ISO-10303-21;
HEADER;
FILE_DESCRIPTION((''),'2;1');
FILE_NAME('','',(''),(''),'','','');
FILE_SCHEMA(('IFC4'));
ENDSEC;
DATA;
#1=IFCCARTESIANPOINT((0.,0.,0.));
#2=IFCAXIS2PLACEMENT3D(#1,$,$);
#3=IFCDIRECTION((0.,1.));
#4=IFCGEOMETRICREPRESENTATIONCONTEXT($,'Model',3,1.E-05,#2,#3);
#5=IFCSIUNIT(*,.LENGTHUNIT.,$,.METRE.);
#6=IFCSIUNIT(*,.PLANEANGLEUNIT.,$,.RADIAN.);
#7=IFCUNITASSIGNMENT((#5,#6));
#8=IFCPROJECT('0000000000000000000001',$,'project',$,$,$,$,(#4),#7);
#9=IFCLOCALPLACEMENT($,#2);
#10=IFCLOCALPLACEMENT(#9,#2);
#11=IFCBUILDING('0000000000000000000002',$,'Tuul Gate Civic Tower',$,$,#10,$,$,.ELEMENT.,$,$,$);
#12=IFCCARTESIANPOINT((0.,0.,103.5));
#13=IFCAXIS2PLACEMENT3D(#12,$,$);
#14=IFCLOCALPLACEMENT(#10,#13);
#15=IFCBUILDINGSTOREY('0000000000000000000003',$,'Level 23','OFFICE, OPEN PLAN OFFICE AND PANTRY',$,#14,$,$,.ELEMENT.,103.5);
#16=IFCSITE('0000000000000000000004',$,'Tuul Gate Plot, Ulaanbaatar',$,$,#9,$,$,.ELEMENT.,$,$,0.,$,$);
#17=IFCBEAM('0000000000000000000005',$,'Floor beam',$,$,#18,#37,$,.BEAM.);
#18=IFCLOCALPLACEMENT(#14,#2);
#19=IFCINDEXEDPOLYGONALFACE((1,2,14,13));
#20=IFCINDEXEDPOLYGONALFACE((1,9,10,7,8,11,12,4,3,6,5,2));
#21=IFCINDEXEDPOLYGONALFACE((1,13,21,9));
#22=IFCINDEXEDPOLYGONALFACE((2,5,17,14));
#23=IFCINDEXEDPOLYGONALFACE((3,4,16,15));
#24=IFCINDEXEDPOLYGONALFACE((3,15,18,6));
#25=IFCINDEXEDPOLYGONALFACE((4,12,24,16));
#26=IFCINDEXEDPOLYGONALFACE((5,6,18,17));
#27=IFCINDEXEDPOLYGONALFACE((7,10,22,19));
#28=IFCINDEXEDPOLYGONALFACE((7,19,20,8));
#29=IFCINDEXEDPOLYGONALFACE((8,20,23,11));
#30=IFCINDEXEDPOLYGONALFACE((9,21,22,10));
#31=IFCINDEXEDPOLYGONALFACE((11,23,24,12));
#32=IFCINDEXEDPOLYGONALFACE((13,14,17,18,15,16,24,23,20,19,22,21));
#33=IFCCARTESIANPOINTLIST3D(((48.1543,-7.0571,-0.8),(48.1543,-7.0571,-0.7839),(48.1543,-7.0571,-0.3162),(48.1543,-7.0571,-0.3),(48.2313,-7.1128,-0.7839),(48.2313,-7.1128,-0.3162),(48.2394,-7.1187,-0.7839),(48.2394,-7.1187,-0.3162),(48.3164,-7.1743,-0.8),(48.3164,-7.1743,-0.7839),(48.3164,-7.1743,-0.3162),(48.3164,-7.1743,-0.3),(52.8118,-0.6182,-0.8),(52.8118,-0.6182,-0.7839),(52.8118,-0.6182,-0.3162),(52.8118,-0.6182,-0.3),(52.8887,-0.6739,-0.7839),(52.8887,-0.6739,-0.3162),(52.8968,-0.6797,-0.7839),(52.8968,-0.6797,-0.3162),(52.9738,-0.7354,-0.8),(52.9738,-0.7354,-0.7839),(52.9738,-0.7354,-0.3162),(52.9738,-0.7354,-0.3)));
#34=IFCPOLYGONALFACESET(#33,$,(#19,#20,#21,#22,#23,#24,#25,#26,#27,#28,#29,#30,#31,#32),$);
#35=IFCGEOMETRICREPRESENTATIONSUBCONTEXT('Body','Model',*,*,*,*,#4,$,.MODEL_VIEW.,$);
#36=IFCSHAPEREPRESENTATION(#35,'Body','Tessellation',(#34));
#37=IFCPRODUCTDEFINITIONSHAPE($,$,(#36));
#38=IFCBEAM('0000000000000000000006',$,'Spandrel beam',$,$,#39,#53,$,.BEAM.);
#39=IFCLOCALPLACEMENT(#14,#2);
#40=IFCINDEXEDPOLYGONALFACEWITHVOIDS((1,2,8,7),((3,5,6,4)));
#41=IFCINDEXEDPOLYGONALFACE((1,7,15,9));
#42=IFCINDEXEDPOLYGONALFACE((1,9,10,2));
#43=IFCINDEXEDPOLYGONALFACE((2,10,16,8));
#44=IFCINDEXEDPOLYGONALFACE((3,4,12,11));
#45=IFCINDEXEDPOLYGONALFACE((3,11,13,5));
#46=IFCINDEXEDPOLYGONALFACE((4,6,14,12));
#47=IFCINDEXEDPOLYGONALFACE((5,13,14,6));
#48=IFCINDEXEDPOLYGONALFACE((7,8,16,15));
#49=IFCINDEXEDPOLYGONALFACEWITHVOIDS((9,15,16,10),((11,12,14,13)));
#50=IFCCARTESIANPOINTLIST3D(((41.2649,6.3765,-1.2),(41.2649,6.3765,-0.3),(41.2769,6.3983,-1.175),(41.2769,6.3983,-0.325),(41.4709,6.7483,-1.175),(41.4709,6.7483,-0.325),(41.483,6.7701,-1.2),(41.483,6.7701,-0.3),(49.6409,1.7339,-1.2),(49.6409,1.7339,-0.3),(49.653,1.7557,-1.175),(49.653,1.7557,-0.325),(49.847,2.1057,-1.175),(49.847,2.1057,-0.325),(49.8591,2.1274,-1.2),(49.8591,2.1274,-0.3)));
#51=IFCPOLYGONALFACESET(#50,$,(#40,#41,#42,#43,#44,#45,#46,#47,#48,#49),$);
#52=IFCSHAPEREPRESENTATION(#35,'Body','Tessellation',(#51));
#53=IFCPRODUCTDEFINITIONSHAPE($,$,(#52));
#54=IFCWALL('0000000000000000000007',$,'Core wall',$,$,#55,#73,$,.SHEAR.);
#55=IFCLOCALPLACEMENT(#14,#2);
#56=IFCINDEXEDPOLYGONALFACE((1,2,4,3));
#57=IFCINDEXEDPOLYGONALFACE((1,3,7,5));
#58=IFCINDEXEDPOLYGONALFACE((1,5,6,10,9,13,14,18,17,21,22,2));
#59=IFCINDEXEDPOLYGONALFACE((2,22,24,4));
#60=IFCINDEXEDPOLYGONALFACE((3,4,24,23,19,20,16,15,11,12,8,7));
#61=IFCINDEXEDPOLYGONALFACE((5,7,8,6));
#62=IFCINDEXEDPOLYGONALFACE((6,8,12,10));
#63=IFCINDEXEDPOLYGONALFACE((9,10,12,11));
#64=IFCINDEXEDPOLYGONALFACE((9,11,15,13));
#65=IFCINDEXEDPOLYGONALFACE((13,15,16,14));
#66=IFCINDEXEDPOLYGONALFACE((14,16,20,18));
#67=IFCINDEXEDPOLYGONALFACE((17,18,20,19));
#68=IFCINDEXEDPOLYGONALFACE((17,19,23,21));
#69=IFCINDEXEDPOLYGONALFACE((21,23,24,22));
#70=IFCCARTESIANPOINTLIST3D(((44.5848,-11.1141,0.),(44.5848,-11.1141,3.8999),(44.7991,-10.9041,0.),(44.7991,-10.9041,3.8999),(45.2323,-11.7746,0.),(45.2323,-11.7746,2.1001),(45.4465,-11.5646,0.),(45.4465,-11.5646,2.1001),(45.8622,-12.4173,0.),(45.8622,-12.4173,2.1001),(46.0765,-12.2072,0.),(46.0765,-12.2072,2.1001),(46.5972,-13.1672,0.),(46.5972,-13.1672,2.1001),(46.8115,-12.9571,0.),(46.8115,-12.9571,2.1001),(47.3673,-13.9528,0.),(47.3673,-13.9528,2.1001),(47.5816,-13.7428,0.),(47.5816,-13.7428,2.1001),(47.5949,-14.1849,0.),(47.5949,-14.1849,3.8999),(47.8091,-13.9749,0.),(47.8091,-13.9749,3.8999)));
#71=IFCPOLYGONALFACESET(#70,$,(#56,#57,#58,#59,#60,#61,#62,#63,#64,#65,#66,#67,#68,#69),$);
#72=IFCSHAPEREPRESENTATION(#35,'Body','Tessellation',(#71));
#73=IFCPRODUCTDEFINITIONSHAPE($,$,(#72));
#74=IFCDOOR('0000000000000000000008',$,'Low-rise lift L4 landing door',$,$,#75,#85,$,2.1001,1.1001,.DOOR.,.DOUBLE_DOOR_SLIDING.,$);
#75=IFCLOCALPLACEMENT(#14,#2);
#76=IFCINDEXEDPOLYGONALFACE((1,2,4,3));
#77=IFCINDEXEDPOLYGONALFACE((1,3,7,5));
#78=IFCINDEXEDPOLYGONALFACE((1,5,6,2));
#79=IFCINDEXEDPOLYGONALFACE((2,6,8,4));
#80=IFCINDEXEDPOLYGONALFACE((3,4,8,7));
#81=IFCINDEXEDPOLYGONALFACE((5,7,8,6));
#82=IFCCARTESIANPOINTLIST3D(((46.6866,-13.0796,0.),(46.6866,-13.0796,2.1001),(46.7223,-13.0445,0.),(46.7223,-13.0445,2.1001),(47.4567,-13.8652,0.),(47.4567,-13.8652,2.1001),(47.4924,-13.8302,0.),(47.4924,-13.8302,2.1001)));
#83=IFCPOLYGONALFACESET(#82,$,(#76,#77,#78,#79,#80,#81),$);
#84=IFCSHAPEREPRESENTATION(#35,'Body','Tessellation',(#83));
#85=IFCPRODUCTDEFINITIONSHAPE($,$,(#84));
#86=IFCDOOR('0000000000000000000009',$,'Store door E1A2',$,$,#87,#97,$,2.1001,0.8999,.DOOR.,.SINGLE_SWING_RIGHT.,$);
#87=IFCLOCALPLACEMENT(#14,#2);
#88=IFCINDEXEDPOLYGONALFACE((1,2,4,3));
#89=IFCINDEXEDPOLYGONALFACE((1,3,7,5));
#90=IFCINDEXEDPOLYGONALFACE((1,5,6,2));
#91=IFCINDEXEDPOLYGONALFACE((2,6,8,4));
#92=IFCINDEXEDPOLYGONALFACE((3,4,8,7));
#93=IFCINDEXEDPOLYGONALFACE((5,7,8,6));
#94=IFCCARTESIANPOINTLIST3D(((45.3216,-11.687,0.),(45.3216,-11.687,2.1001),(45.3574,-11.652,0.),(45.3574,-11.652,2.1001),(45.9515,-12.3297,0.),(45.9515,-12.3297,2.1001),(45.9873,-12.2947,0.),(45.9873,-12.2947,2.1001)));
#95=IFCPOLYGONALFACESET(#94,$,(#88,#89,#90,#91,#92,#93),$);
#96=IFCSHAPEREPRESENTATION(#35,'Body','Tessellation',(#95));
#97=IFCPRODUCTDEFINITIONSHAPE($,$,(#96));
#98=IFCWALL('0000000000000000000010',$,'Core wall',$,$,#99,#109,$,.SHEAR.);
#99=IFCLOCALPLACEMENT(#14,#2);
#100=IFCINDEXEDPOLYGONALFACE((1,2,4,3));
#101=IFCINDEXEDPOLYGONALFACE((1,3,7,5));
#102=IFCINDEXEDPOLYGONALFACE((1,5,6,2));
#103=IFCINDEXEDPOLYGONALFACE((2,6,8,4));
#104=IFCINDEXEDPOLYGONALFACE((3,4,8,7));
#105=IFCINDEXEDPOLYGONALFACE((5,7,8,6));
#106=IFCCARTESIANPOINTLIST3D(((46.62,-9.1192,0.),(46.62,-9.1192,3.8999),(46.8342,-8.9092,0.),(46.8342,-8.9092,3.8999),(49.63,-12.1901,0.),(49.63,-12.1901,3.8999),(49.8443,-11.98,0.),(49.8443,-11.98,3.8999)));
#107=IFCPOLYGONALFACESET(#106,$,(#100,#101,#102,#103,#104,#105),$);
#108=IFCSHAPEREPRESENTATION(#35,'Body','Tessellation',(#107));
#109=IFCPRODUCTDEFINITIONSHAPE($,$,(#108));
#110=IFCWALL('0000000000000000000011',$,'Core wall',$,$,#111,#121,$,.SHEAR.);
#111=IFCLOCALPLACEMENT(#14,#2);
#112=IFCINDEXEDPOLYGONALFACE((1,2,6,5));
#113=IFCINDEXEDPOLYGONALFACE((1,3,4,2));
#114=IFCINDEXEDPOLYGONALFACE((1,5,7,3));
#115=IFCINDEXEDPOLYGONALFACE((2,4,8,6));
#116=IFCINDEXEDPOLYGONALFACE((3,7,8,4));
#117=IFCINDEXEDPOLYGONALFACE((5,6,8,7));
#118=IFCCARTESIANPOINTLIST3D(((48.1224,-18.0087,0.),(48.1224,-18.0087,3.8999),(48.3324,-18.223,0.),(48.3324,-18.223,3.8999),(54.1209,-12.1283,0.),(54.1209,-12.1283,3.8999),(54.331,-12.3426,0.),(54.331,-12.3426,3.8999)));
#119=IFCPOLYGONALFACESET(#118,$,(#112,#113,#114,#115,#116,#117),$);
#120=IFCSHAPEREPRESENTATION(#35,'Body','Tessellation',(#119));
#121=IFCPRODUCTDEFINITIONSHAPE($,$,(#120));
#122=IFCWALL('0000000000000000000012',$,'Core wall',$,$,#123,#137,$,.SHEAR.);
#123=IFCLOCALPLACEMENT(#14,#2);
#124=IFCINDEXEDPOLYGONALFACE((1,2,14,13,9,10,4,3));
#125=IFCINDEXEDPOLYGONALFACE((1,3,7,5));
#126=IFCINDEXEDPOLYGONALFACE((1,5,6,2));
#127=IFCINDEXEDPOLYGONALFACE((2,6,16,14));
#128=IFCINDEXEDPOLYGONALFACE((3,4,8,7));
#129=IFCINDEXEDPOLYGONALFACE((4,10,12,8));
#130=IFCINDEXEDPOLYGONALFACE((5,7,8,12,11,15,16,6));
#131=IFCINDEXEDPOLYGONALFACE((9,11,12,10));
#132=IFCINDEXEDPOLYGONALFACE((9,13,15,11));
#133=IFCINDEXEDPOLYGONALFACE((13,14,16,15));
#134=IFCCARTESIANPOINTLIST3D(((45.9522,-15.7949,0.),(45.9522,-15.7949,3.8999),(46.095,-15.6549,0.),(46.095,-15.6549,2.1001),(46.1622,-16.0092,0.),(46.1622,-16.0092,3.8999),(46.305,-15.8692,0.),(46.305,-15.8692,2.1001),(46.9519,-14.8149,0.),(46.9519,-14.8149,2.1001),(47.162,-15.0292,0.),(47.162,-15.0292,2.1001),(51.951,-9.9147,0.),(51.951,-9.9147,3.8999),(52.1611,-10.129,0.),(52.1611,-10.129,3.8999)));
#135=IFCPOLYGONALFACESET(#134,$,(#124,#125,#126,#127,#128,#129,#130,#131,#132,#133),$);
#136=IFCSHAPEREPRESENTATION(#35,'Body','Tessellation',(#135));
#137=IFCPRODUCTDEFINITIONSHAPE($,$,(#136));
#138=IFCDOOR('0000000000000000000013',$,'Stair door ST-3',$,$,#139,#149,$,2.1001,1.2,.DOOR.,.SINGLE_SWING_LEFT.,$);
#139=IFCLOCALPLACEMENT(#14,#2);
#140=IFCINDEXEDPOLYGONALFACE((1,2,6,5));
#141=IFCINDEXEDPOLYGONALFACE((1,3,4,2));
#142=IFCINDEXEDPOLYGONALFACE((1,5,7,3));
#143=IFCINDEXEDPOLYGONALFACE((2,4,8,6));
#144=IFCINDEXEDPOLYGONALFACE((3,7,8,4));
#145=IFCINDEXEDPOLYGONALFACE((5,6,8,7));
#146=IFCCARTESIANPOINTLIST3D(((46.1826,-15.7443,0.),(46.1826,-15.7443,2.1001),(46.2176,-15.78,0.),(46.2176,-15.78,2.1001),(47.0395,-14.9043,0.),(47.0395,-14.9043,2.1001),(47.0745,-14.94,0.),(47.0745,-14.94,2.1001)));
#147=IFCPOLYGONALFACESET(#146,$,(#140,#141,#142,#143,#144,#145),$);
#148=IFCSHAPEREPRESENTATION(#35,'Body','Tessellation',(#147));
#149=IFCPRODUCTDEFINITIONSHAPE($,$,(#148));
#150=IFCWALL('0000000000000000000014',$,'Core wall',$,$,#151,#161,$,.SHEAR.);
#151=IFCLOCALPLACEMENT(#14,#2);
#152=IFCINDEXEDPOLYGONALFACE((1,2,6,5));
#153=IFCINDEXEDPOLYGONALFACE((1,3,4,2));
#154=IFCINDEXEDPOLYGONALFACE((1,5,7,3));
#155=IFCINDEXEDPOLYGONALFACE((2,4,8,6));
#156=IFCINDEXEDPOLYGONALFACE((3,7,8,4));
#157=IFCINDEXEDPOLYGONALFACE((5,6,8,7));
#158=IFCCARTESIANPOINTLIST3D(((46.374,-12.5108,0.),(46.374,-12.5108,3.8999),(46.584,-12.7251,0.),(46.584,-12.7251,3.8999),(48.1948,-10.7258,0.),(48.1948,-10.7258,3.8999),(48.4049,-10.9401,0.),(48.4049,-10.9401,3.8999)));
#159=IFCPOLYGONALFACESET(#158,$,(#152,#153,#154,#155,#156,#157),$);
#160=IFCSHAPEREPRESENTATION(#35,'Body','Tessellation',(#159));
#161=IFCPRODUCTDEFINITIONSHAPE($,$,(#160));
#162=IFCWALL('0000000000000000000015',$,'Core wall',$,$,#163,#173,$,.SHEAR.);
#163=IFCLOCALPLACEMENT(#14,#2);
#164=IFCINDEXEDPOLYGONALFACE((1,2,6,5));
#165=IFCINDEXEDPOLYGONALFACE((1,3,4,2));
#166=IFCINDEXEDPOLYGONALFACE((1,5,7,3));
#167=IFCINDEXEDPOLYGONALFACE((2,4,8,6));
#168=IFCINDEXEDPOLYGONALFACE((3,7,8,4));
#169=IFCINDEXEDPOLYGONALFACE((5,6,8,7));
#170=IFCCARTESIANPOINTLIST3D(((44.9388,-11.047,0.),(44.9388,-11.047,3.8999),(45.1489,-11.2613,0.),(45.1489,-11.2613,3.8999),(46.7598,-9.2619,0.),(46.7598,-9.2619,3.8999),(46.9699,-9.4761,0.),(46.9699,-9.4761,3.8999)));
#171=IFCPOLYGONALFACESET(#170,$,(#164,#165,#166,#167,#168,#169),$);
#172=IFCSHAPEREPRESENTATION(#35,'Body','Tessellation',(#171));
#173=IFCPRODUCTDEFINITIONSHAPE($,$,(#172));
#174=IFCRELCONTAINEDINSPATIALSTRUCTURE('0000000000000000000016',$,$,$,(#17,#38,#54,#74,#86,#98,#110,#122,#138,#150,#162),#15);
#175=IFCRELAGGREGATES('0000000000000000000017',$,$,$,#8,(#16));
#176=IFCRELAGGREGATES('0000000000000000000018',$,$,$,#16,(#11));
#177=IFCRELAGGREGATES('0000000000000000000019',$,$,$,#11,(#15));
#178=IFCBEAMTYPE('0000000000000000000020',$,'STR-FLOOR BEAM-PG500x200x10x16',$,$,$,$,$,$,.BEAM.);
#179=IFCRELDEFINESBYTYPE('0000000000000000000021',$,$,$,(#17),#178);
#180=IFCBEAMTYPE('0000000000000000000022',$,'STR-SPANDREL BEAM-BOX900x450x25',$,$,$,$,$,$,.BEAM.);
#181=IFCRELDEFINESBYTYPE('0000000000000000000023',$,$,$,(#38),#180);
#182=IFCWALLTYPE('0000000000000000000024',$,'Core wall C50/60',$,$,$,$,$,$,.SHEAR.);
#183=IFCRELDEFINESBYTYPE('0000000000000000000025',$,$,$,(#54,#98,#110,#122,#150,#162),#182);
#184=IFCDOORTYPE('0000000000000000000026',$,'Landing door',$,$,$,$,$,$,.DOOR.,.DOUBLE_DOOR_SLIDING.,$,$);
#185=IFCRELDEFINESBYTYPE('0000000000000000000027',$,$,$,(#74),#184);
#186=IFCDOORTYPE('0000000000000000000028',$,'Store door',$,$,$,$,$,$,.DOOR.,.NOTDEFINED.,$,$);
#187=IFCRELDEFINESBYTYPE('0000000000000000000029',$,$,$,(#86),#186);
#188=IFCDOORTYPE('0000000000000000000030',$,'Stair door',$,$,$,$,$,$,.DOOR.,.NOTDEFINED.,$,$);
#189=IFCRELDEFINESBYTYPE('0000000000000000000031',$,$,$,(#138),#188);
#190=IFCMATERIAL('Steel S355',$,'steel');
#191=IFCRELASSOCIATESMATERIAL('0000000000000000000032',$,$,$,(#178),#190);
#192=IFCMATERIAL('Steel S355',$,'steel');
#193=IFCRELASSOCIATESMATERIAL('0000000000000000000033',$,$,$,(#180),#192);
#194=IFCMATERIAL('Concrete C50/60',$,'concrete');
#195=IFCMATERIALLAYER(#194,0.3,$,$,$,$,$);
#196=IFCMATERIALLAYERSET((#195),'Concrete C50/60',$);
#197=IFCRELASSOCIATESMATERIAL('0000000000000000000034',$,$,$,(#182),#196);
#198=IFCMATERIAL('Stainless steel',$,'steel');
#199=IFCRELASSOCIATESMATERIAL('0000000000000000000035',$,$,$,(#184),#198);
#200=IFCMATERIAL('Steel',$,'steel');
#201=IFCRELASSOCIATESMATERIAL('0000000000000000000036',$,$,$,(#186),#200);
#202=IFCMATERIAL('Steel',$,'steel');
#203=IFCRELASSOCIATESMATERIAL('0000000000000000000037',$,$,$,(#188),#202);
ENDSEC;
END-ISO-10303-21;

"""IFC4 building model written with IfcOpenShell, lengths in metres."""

from ifc_helpers import new_model, si_unit, direction, frame, frame_2d, origin, origin_2d, place, context, subcontext, project, spatial, rectangle, hollow_rectangle, i_section, extrude, material, layer, layer_set, material_profile, profile_set, type_object, element, fill, save


model = new_model("IFC4")

# Units and contexts
model_context = context("Model", 3, precision=1e-05, world=origin(), true_north=direction((0.0, 1.0)))
body_context = subcontext(model_context, "Body", "Model", "MODEL_VIEW")
ifc_project = project(units=[si_unit("LENGTHUNIT", "METRE"), si_unit("PLANEANGLEUNIT", "RADIAN")], contexts=[model_context])

# Site, building, storey
site_placement = place(None, origin())
site = spatial("IfcSite", under=ifc_project, at=site_placement, Name="Tuul Gate Plot, Ulaanbaatar", CompositionType="ELEMENT", RefElevation=0.0)
building_placement = place(site_placement, origin())
building = spatial("IfcBuilding", under=site, at=building_placement, Name="Tuul Gate Civic Tower", CompositionType="ELEMENT")
storey_placement = place(building_placement, frame((0.0, 0.0, 103.5)))
storey = spatial("IfcBuildingStorey", under=building, at=storey_placement, Name="Level 23", Description="OFFICE, OPEN PLAN OFFICE AND PANTRY", CompositionType="ELEMENT", Elevation=103.5)

# Beams
ifc_material_1 = material(Name="Steel S355", Category="steel")
ifc_material_profile_1 = material_profile(ifc_material_1, i_section(OverallWidth=0.2, OverallDepth=0.5, WebThickness=0.01, FlangeThickness=0.0161, at=origin_2d()), Name="PG500x200x10x16")
ifc_profile_set_1 = profile_set([ifc_material_profile_1], Name="Steel S355")
beam_type_1 = type_object("IfcBeamType", Name="STR-FLOOR BEAM-PG500x200x10x16", PredefinedType="BEAM", material=ifc_profile_set_1)
beam_1_placement = place(storey_placement, frame((48.2354, -7.1157, -0.55), z_axis=(0.586078, 0.810255, 0.0), x_axis=(-0.810255, 0.586078, 0.0)))
element("IfcBeam", 1, at=beam_1_placement, inside=storey, type_object=beam_type_1, Name="Floor beam", PredefinedType="BEAM", context=body_context, shape_type="SweptSolid", body=[
    extrude(i_section(OverallWidth=0.2, OverallDepth=0.5, WebThickness=0.01, FlangeThickness=0.0161, at=origin_2d()), origin(), (0.0, 0.0, 1.0), 7.9468),
])
ifc_material_2 = material(Name="Steel S355", Category="steel")
ifc_material_profile_2 = material_profile(ifc_material_2, hollow_rectangle(XDim=0.45, YDim=0.8999, WallThickness=0.0249, at=origin_2d()), Name="BOX900x450x25")
ifc_profile_set_2 = profile_set([ifc_material_profile_2], Name="Steel S355")
beam_type_2 = type_object("IfcBeamType", Name="STR-SPANDREL BEAM-BOX900x450x25", PredefinedType="BEAM", material=ifc_profile_set_2)
beam_2_placement = place(storey_placement, frame((49.75, 1.9307, -0.75), z_axis=(-0.874633, 0.484786, 0.0), x_axis=(-0.484786, -0.874633, 0.0)))
element("IfcBeam", 2, at=beam_2_placement, inside=storey, type_object=beam_type_2, Name="Spandrel beam", PredefinedType="BEAM", context=body_context, shape_type="SweptSolid", body=[
    extrude(hollow_rectangle(XDim=0.45, YDim=0.8999, WallThickness=0.0249, at=origin_2d()), origin(), (0.0, 0.0, 1.0), 9.5767),
])

# Wall, openings, doors
ifc_material_3 = material(Name="Concrete C50/60", Category="concrete")
ifc_layer_1 = layer(ifc_material_3, 0.3)
ifc_layer_set_1 = layer_set([ifc_layer_1], Name="Concrete C50/60")
wall_type_1 = type_object("IfcWallType", Name="Core wall C50/60", PredefinedType="SHEAR", material=ifc_layer_set_1)
wall_1_placement = place(storey_placement, frame((47.7019, -14.0798, 0.0), z_axis=(0.0, 0.0, 1.0), x_axis=(-0.700003, 0.71414, 0.0)))
wall_1 = element("IfcWall", 3, at=wall_1_placement, inside=storey, type_object=wall_type_1, Name="Core wall", PredefinedType="SHEAR", context=body_context, shape_type="SweptSolid", body=[
    extrude(rectangle(XDim=4.3, YDim=0.3, at=frame_2d((2.1499, 0.0))), origin(), (0.0, 0.0, 1.0), 3.8999),
])
opening_1_placement = place(wall_1_placement, frame((0.325, 0.0, 0.0)))
opening_1 = element("IfcOpeningElement", 4, at=opening_1_placement, cuts=wall_1, PredefinedType="OPENING", context=body_context, shape_type="SweptSolid", body=[
    extrude(rectangle(XDim=1.1001, YDim=2.1001, at=frame_2d((0.55, 1.05))), frame((0.0, 0.1602, 0.0), z_axis=(0.0, -1.0, 0.0), x_axis=(1.0, 0.0, 0.0)), (0.0, 0.0, 1.0), 0.3201),
])
opening_2_placement = place(wall_1_placement, frame((2.4751, 0.0, 0.0)))
opening_2 = element("IfcOpeningElement", 5, at=opening_2_placement, cuts=wall_1, PredefinedType="OPENING", context=body_context, shape_type="SweptSolid", body=[
    extrude(rectangle(XDim=0.8999, YDim=2.1001, at=frame_2d((0.45, 1.05))), frame((0.0, 0.1602, 0.0), z_axis=(0.0, -1.0, 0.0), x_axis=(1.0, 0.0, 0.0)), (0.0, 0.0, 1.0), 0.3201),
])
ifc_material_4 = material(Name="Stainless steel", Category="steel")
door_type_1 = type_object("IfcDoorType", Name="Landing door", OperationType="DOUBLE_DOOR_SLIDING", PredefinedType="DOOR", material=ifc_material_4)
door_1_placement = place(opening_1_placement, origin())
door_1 = element("IfcDoor", 6, at=door_1_placement, inside=storey, type_object=door_type_1, Name="Low-rise lift L4 landing door", OperationType="DOUBLE_DOOR_SLIDING", OverallHeight=2.1001, OverallWidth=1.1001, PredefinedType="DOOR", context=body_context, shape_type="SweptSolid", body=[
    extrude(rectangle(XDim=1.1001, YDim=2.1001, at=frame_2d((0.55, 1.05))), frame((0.0, 0.0249, 0.0), z_axis=(0.0, -1.0, 0.0), x_axis=(1.0, 0.0, 0.0)), (0.0, 0.0, 1.0), 0.05),
])
fill(opening_1, door_1)
ifc_material_5 = material(Name="Steel", Category="steel")
door_type_2 = type_object("IfcDoorType", Name="Store door", OperationType="NOTDEFINED", PredefinedType="DOOR", material=ifc_material_5)
door_2_placement = place(opening_2_placement, origin())
door_2 = element("IfcDoor", 7, at=door_2_placement, inside=storey, type_object=door_type_2, Name="Store door E1A2", OperationType="SINGLE_SWING_RIGHT", OverallHeight=2.1001, OverallWidth=0.8999, PredefinedType="DOOR", context=body_context, shape_type="SweptSolid", body=[
    extrude(rectangle(XDim=0.8999, YDim=2.1001, at=frame_2d((0.45, 1.05))), frame((0.0, 0.0249, 0.0), z_axis=(0.0, -1.0, 0.0), x_axis=(1.0, 0.0, 0.0)), (0.0, 0.0, 1.0), 0.05),
])
fill(opening_2, door_2)

# Walls
wall_2_placement = place(storey_placement, frame((49.7371, -12.085, 0.0), z_axis=(0.0, 0.0, 1.0), x_axis=(-0.700003, 0.71414, 0.0)))
element("IfcWall", 8, at=wall_2_placement, inside=storey, type_object=wall_type_1, Name="Core wall", PredefinedType="SHEAR", context=body_context, shape_type="SweptSolid", body=[
    extrude(rectangle(XDim=4.3, YDim=0.3, at=frame_2d((2.1499, 0.0))), origin(), (0.0, 0.0, 1.0), 3.8999),
])
wall_3_placement = place(storey_placement, frame((48.2273, -18.116, 0.0), z_axis=(0.0, 0.0, 1.0), x_axis=(0.714105, 0.700038, 0.0)))
element("IfcWall", 9, at=wall_3_placement, inside=storey, type_object=wall_type_1, Name="Core wall", PredefinedType="SHEAR", context=body_context, shape_type="SweptSolid", body=[
    extrude(rectangle(XDim=8.4001, YDim=0.3, at=frame_2d((4.2002, 0.0))), origin(), (0.0, 0.0, 1.0), 3.8999),
])

# Wall, opening, door
wall_4_placement = place(storey_placement, frame((46.0571, -15.9021, 0.0), z_axis=(0.0, 0.0, 1.0), x_axis=(0.714134, 0.700009, 0.0)))
wall_4 = element("IfcWall", 10, at=wall_4_placement, inside=storey, type_object=wall_type_1, Name="Core wall", PredefinedType="SHEAR", context=body_context, shape_type="SweptSolid", body=[
    extrude(rectangle(XDim=8.4001, YDim=0.3, at=frame_2d((4.2002, 0.0))), origin(), (0.0, 0.0, 1.0), 3.8999),
])
opening_3_placement = place(wall_4_placement, frame((0.2, 0.0, 0.0)))
opening_3 = element("IfcOpeningElement", 11, at=opening_3_placement, cuts=wall_4, PredefinedType="OPENING", context=body_context, shape_type="SweptSolid", body=[
    extrude(rectangle(XDim=1.2, YDim=2.1001, at=frame_2d((0.6001, 1.05))), frame((0.0, 0.1602, 0.0), z_axis=(0.0, -1.0, 0.0), x_axis=(1.0, 0.0, 0.0)), (0.0, 0.0, 1.0), 0.3201),
])
ifc_material_6 = material(Name="Steel", Category="steel")
door_type_3 = type_object("IfcDoorType", Name="Stair door", OperationType="NOTDEFINED", PredefinedType="DOOR", material=ifc_material_6)
door_3_placement = place(opening_3_placement, origin())
door_3 = element("IfcDoor", 12, at=door_3_placement, inside=storey, type_object=door_type_3, Name="Stair door ST-3", OperationType="SINGLE_SWING_LEFT", OverallHeight=2.1001, OverallWidth=1.2, PredefinedType="DOOR", context=body_context, shape_type="SweptSolid", body=[
    extrude(rectangle(XDim=1.2, YDim=2.1001, at=frame_2d((0.6001, 1.05))), frame((0.0, 0.0249, 0.0), z_axis=(0.0, -1.0, 0.0), x_axis=(1.0, 0.0, 0.0)), (0.0, 0.0, 1.0), 0.05),
])
fill(opening_3, door_3)

# Walls
wall_5_placement = place(storey_placement, frame((46.479, -12.6179, 0.0), z_axis=(0.0, 0.0, 1.0), x_axis=(0.714109, 0.700034, 0.0)))
element("IfcWall", 13, at=wall_5_placement, inside=storey, type_object=wall_type_1, Name="Core wall", PredefinedType="SHEAR", context=body_context, shape_type="SweptSolid", body=[
    extrude(rectangle(XDim=2.5498, YDim=0.3, at=frame_2d((1.2749, 0.0))), origin(), (0.0, 0.0, 1.0), 3.8999),
])
wall_6_placement = place(storey_placement, frame((45.0439, -11.1541, 0.0), z_axis=(0.0, 0.0, 1.0), x_axis=(0.714108, 0.700035, 0.0)))
element("IfcWall", 14, at=wall_6_placement, inside=storey, type_object=wall_type_1, Name="Core wall", PredefinedType="SHEAR", context=body_context, shape_type="SweptSolid", body=[
    extrude(rectangle(XDim=2.55, YDim=0.3, at=frame_2d((1.2749, 0.0))), origin(), (0.0, 0.0, 1.0), 3.8999),
])

save(model, "model.ifc")
